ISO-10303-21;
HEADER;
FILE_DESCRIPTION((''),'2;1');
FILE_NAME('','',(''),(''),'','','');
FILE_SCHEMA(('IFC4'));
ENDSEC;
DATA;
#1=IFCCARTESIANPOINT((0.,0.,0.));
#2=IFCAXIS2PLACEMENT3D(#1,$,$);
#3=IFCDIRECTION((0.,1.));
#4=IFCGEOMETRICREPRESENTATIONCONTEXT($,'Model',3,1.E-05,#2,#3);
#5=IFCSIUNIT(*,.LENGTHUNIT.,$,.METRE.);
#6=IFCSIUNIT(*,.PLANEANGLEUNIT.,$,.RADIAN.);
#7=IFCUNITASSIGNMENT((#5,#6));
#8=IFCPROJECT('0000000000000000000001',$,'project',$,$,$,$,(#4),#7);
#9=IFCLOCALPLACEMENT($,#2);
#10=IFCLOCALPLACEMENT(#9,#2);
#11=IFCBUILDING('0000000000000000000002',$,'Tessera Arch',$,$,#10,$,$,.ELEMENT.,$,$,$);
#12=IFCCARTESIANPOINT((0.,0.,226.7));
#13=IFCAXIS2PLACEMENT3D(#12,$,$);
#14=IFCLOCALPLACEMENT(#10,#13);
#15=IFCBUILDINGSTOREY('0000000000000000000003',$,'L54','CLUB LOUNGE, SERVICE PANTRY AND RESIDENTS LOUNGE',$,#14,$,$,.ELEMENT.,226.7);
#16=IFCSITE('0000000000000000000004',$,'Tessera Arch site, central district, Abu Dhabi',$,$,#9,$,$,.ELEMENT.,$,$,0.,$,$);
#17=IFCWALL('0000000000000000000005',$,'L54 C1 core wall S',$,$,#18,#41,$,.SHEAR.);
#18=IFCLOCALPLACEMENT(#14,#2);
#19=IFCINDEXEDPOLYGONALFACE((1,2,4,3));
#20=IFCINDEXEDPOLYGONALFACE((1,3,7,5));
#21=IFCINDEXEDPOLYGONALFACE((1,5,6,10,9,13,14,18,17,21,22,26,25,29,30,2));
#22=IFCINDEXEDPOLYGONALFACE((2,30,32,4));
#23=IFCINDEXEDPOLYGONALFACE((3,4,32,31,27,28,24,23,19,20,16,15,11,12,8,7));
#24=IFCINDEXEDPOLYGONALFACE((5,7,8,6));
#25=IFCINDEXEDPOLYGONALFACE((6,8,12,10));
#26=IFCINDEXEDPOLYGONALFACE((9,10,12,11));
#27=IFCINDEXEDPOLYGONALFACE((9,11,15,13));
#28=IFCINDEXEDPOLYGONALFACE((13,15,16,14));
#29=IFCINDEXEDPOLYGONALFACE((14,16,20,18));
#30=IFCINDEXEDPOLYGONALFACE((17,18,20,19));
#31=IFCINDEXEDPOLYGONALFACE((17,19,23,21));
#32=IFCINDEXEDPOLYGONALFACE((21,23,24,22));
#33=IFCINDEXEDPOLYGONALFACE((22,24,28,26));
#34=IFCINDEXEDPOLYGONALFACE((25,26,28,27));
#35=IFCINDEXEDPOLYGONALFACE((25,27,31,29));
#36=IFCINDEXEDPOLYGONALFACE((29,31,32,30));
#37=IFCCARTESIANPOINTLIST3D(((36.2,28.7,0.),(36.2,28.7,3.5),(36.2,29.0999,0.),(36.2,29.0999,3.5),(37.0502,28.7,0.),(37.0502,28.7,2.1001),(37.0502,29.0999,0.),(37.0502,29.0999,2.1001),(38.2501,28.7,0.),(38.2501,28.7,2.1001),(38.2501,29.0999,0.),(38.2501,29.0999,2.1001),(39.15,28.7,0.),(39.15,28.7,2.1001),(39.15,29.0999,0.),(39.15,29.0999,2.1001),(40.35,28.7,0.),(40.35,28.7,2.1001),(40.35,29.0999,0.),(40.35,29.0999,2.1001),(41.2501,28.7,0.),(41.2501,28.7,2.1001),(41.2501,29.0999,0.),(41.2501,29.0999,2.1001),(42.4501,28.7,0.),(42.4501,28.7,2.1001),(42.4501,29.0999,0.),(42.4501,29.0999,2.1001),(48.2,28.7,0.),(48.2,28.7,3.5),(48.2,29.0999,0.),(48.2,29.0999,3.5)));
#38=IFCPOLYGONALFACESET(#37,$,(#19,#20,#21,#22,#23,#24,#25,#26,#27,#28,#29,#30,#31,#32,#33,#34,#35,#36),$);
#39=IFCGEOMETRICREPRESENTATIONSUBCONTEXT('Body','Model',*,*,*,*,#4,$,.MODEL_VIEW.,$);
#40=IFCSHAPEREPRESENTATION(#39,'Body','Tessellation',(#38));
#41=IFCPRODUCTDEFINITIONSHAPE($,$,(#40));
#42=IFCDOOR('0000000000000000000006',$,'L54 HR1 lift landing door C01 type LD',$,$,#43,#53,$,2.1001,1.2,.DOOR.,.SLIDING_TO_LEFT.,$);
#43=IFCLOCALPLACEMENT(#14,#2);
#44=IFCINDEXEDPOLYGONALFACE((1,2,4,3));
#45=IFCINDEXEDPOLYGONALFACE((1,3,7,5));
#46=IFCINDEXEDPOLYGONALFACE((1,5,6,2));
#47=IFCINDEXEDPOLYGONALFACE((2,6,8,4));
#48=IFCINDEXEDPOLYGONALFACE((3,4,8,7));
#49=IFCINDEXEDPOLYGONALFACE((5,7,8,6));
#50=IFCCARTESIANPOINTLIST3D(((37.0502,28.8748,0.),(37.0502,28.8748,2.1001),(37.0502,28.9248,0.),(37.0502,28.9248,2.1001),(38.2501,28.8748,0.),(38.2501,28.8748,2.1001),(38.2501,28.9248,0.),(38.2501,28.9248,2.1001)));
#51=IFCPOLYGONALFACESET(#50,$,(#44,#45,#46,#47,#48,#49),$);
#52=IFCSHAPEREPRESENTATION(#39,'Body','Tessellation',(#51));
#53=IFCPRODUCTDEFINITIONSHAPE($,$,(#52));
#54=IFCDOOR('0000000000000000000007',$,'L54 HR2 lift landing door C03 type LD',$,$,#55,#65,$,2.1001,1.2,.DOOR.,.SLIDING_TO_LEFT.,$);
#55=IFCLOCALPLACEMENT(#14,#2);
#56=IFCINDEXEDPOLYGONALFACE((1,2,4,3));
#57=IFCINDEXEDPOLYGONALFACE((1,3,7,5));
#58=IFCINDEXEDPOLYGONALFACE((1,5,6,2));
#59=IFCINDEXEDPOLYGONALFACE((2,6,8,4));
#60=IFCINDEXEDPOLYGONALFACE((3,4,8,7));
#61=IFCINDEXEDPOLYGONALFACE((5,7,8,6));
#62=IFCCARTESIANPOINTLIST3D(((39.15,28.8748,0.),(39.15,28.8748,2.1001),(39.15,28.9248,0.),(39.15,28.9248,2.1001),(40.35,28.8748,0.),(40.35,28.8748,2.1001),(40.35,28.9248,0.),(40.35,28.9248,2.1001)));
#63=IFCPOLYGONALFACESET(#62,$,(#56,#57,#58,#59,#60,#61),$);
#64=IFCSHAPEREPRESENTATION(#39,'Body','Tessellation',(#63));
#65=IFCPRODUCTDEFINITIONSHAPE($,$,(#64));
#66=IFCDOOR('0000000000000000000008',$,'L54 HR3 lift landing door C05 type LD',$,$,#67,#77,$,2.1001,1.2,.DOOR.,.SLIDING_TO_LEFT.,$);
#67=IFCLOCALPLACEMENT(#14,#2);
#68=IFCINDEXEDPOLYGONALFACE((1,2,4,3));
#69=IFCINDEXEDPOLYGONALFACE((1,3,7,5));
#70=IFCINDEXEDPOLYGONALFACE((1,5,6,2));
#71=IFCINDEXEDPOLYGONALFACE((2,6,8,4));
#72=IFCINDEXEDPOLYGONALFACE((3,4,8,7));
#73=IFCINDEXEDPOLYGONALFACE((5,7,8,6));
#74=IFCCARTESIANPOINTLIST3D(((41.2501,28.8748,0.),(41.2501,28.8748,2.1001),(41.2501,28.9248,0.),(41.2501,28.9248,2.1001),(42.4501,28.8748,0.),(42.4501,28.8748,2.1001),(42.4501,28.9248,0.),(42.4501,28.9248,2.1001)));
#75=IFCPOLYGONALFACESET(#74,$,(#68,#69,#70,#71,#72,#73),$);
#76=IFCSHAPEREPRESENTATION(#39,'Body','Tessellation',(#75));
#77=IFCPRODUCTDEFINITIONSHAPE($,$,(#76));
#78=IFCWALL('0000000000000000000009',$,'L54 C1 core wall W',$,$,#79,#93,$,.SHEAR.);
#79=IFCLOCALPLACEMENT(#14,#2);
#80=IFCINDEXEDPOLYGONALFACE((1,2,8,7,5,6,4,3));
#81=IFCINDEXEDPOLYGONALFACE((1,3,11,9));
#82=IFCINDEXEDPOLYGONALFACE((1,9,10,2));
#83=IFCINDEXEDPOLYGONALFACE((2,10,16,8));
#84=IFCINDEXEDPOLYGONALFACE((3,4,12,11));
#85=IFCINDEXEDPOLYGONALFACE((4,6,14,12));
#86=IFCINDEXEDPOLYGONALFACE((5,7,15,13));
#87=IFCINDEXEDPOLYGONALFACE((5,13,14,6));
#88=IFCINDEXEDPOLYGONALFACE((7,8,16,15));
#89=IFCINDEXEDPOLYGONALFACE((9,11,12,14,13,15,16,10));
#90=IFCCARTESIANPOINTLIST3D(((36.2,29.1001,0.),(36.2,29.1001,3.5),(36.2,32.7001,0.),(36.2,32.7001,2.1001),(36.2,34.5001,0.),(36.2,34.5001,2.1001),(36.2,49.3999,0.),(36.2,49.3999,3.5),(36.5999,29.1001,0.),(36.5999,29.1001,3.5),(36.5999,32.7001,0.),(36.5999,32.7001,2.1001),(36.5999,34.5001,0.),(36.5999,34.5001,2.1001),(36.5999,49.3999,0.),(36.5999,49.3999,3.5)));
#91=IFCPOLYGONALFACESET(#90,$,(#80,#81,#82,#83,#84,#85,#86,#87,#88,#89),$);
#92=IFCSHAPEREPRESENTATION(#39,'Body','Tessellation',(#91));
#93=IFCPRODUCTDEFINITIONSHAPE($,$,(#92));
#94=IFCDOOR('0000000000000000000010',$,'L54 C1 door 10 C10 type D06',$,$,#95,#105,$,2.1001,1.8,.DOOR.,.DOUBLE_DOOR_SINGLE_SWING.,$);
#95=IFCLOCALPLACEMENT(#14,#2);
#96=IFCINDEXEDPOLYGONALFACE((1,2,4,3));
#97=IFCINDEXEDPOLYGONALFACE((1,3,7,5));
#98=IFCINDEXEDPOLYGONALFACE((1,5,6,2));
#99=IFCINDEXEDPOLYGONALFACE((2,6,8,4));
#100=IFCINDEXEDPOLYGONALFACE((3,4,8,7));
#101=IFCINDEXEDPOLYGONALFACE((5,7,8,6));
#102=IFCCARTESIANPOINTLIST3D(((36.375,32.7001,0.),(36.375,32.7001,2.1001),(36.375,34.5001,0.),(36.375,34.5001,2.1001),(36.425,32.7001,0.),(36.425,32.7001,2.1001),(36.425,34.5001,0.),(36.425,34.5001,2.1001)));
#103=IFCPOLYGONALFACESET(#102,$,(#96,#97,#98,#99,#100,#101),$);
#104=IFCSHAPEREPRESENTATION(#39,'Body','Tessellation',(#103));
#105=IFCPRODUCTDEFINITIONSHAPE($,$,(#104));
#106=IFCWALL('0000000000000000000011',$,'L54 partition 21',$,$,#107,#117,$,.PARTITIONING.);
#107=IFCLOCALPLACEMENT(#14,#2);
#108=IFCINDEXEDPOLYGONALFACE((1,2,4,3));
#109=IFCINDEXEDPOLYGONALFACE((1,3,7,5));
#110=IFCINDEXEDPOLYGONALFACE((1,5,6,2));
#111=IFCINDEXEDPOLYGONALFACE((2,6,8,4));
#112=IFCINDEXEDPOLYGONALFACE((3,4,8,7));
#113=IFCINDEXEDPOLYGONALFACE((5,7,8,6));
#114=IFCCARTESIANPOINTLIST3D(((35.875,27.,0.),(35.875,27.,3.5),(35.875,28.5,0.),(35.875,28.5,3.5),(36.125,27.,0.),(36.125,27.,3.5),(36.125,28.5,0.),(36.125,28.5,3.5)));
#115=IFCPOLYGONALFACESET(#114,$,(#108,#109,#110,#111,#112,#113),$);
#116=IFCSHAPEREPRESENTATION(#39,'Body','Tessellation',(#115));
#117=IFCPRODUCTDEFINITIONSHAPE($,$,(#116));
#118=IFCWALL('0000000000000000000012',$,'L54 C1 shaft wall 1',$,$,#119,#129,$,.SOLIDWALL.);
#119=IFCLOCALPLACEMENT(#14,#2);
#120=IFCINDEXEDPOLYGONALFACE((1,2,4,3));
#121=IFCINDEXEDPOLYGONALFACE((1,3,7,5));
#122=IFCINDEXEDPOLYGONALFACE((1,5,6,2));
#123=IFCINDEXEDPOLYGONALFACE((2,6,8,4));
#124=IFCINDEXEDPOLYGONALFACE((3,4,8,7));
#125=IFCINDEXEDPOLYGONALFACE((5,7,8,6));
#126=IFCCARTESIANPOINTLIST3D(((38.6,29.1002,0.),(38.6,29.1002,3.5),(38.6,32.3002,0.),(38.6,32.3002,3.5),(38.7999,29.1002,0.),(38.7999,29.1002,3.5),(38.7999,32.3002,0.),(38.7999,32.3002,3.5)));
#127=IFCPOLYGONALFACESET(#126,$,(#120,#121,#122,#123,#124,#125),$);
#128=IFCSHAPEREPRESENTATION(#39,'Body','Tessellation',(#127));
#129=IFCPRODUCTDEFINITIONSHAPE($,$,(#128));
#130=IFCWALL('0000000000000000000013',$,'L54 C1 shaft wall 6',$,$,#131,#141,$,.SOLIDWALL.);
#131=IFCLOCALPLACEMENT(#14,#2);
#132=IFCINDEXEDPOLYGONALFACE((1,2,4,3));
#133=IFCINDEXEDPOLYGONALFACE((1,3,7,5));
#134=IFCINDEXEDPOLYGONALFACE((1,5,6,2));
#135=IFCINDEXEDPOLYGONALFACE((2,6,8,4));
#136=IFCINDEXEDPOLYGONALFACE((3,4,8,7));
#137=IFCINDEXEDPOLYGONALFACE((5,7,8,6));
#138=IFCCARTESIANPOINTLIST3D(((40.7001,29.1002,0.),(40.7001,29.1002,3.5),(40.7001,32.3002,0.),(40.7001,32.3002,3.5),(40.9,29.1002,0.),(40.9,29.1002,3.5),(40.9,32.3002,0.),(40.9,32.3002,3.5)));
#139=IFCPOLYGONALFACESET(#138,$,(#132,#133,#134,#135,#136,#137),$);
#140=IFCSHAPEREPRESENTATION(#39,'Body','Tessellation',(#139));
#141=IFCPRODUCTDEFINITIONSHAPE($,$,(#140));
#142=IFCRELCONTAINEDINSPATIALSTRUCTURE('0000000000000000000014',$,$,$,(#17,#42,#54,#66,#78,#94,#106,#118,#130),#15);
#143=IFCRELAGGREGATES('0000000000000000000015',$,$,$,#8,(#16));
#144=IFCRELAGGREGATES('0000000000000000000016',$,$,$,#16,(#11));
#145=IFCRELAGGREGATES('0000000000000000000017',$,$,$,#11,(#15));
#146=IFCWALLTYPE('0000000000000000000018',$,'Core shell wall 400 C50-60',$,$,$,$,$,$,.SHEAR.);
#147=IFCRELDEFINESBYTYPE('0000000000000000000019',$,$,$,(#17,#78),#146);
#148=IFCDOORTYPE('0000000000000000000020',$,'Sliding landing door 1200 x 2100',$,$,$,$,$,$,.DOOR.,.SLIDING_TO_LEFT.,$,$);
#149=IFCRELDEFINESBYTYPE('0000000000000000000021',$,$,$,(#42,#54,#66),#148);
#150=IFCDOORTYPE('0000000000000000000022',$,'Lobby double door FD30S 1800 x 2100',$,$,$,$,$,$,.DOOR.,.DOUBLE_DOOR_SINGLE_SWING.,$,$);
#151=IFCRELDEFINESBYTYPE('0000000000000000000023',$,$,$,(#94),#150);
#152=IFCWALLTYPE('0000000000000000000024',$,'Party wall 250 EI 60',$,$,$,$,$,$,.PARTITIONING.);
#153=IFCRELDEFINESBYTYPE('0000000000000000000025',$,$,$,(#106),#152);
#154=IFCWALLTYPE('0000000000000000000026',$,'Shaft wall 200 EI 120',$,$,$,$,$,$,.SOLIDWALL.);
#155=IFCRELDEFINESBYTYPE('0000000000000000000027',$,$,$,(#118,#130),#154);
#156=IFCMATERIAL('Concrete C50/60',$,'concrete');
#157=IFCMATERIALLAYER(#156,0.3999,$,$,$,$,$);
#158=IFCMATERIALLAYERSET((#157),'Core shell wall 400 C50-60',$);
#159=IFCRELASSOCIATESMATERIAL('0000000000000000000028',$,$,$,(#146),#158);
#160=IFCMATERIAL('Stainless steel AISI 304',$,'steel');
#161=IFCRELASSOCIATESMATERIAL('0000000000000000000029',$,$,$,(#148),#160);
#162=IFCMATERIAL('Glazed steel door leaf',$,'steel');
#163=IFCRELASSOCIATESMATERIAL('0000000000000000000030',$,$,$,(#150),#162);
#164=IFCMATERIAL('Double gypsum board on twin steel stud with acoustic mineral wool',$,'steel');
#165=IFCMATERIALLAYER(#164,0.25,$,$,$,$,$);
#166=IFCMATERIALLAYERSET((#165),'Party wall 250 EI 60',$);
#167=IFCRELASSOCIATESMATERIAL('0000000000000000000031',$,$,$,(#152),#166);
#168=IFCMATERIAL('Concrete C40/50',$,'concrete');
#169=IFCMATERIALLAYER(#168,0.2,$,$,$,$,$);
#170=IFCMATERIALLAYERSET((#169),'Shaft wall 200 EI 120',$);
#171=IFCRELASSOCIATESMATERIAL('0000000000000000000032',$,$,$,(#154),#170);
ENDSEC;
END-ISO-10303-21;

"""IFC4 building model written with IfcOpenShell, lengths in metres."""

from ifc_helpers import new_model, si_unit, direction, frame, frame_2d, origin, place, context, subcontext, project, spatial, rectangle, extrude, material, layer, layer_set, type_object, element, fill, save


model = new_model("IFC4")

# Units and contexts
model_context = context("Model", 3, precision=1e-05, world=origin(), true_north=direction((0.0, 1.0)))
body_context = subcontext(model_context, "Body", "Model", "MODEL_VIEW")
ifc_project = project(units=[si_unit("LENGTHUNIT", "METRE"), si_unit("PLANEANGLEUNIT", "RADIAN")], contexts=[model_context])

# Site, building, storey
site_placement = place(None, origin())
site = spatial("IfcSite", under=ifc_project, at=site_placement, Name="Tessera Arch site, central district, Abu Dhabi", CompositionType="ELEMENT", RefElevation=0.0)
building_placement = place(site_placement, origin())
building = spatial("IfcBuilding", under=site, at=building_placement, Name="Tessera Arch", CompositionType="ELEMENT")
storey_placement = place(building_placement, frame((0.0, 0.0, 226.7)))
storey = spatial("IfcBuildingStorey", under=building, at=storey_placement, Name="L54", Description="CLUB LOUNGE, SERVICE PANTRY AND RESIDENTS LOUNGE", CompositionType="ELEMENT", Elevation=226.7)

# Wall, openings, doors
ifc_material_1 = material(Name="Concrete C50/60", Category="concrete")
ifc_layer_1 = layer(ifc_material_1, 0.3999)
ifc_layer_set_1 = layer_set([ifc_layer_1], Name="Core shell wall 400 C50-60")
wall_type_1 = type_object("IfcWallType", Name="Core shell wall 400 C50-60", PredefinedType="SHEAR", material=ifc_layer_set_1)
wall_1_placement = place(storey_placement, frame((36.2, 28.8999, 0.0), z_axis=(0.0, 0.0, 1.0), x_axis=(1.0, 0.0, 0.0)))
wall_1 = element("IfcWall", 1, at=wall_1_placement, inside=storey, type_object=wall_type_1, Name="L54 C1 core wall S", PredefinedType="SHEAR", context=body_context, shape_type="SweptSolid", body=[
    extrude(rectangle(XDim=12.0, YDim=0.3999, at=frame_2d((6.0, 0.0))), origin(), (0.0, 0.0, 1.0), 3.5),
])
opening_1_placement = place(wall_1_placement, frame((0.8501, 0.0, 0.0)))
opening_1 = element("IfcOpeningElement", 2, at=opening_1_placement, cuts=wall_1, PredefinedType="OPENING", context=body_context, shape_type="SweptSolid", body=[
    extrude(rectangle(XDim=1.2, YDim=2.1001, at=frame_2d((0.6001, 1.05))), frame((0.0, 0.21, 0.0), z_axis=(0.0, -1.0, 0.0), x_axis=(1.0, 0.0, 0.0)), (0.0, 0.0, 1.0), 0.4199),
])
opening_2_placement = place(wall_1_placement, frame((2.95, 0.0, 0.0)))
opening_2 = element("IfcOpeningElement", 3, at=opening_2_placement, cuts=wall_1, PredefinedType="OPENING", context=body_context, shape_type="SweptSolid", body=[
    extrude(rectangle(XDim=1.2, YDim=2.1001, at=frame_2d((0.6001, 1.05))), frame((0.0, 0.21, 0.0), z_axis=(0.0, -1.0, 0.0), x_axis=(1.0, 0.0, 0.0)), (0.0, 0.0, 1.0), 0.4199),
])
opening_3_placement = place(wall_1_placement, frame((5.05, 0.0, 0.0)))
opening_3 = element("IfcOpeningElement", 4, at=opening_3_placement, cuts=wall_1, PredefinedType="OPENING", context=body_context, shape_type="SweptSolid", body=[
    extrude(rectangle(XDim=1.2, YDim=2.1001, at=frame_2d((0.6001, 1.05))), frame((0.0, 0.21, 0.0), z_axis=(0.0, -1.0, 0.0), x_axis=(1.0, 0.0, 0.0)), (0.0, 0.0, 1.0), 0.4199),
])
ifc_material_2 = material(Name="Stainless steel AISI 304", Category="steel")
door_type_1 = type_object("IfcDoorType", Name="Sliding landing door 1200 x 2100", OperationType="SLIDING_TO_LEFT", PredefinedType="DOOR", material=ifc_material_2)
door_1_placement = place(opening_1_placement, origin())
door_1 = element("IfcDoor", 5, at=door_1_placement, inside=storey, type_object=door_type_1, Name="L54 HR1 lift landing door C01 type LD", OperationType="SLIDING_TO_LEFT", OverallHeight=2.1001, OverallWidth=1.2, PredefinedType="DOOR", context=body_context, shape_type="SweptSolid", body=[
    extrude(rectangle(XDim=1.2, YDim=2.1001, at=frame_2d((0.6001, 1.05))), frame((0.0, 0.0249, 0.0), z_axis=(0.0, -1.0, 0.0), x_axis=(1.0, 0.0, 0.0)), (0.0, 0.0, 1.0), 0.05),
])
fill(opening_1, door_1)
door_2_placement = place(opening_2_placement, origin())
door_2 = element("IfcDoor", 6, at=door_2_placement, inside=storey, type_object=door_type_1, Name="L54 HR2 lift landing door C03 type LD", OperationType="SLIDING_TO_LEFT", OverallHeight=2.1001, OverallWidth=1.2, PredefinedType="DOOR", context=body_context, shape_type="SweptSolid", body=[
    extrude(rectangle(XDim=1.2, YDim=2.1001, at=frame_2d((0.6001, 1.05))), frame((0.0, 0.0249, 0.0), z_axis=(0.0, -1.0, 0.0), x_axis=(1.0, 0.0, 0.0)), (0.0, 0.0, 1.0), 0.05),
])
fill(opening_2, door_2)
door_3_placement = place(opening_3_placement, origin())
door_3 = element("IfcDoor", 7, at=door_3_placement, inside=storey, type_object=door_type_1, Name="L54 HR3 lift landing door C05 type LD", OperationType="SLIDING_TO_LEFT", OverallHeight=2.1001, OverallWidth=1.2, PredefinedType="DOOR", context=body_context, shape_type="SweptSolid", body=[
    extrude(rectangle(XDim=1.2, YDim=2.1001, at=frame_2d((0.6001, 1.05))), frame((0.0, 0.0249, 0.0), z_axis=(0.0, -1.0, 0.0), x_axis=(1.0, 0.0, 0.0)), (0.0, 0.0, 1.0), 0.05),
])
fill(opening_3, door_3)

# Wall, opening, door
wall_2_placement = place(storey_placement, frame((36.3999, 29.1001, 0.0), z_axis=(0.0, 0.0, 1.0), x_axis=(0.0, 1.0, 0.0)))
wall_2 = element("IfcWall", 8, at=wall_2_placement, inside=storey, type_object=wall_type_1, Name="L54 C1 core wall W", PredefinedType="SHEAR", context=body_context, shape_type="SweptSolid", body=[
    extrude(rectangle(XDim=20.2998, YDim=0.3999, at=frame_2d((10.1499, 0.0))), origin(), (0.0, 0.0, 1.0), 3.5),
])
opening_4_placement = place(wall_2_placement, frame((3.6001, 0.0, 0.0)))
opening_4 = element("IfcOpeningElement", 9, at=opening_4_placement, cuts=wall_2, PredefinedType="OPENING", context=body_context, shape_type="SweptSolid", body=[
    extrude(rectangle(XDim=1.8, YDim=2.1001, at=frame_2d((0.8999, 1.05))), frame((0.0, 0.21, 0.0), z_axis=(0.0, -1.0, 0.0), x_axis=(1.0, 0.0, 0.0)), (0.0, 0.0, 1.0), 0.4199),
])
ifc_material_3 = material(Name="Glazed steel door leaf", Category="steel")
door_type_2 = type_object("IfcDoorType", Name="Lobby double door FD30S 1800 x 2100", OperationType="DOUBLE_DOOR_SINGLE_SWING", PredefinedType="DOOR", material=ifc_material_3)
door_4_placement = place(opening_4_placement, origin())
door_4 = element("IfcDoor", 10, at=door_4_placement, inside=storey, type_object=door_type_2, Name="L54 C1 door 10 C10 type D06", OperationType="DOUBLE_DOOR_SINGLE_SWING", OverallHeight=2.1001, OverallWidth=1.8, PredefinedType="DOOR", context=body_context, shape_type="SweptSolid", body=[
    extrude(rectangle(XDim=1.8, YDim=2.1001, at=frame_2d((0.8999, 1.05))), frame((0.0, 0.0249, 0.0), z_axis=(0.0, -1.0, 0.0), x_axis=(1.0, 0.0, 0.0)), (0.0, 0.0, 1.0), 0.05),
])
fill(opening_4, door_4)

# Walls
ifc_material_4 = material(Name="Double gypsum board on twin steel stud with acoustic mineral wool", Category="steel")
ifc_layer_2 = layer(ifc_material_4, 0.25)
ifc_layer_set_2 = layer_set([ifc_layer_2], Name="Party wall 250 EI 60")
wall_type_2 = type_object("IfcWallType", Name="Party wall 250 EI 60", PredefinedType="PARTITIONING", material=ifc_layer_set_2)
wall_3_placement = place(storey_placement, frame((36.0, 27.0, 0.0), z_axis=(0.0, 0.0, 1.0), x_axis=(0.0, 1.0, 0.0)))
element("IfcWall", 11, at=wall_3_placement, inside=storey, type_object=wall_type_2, Name="L54 partition 21", PredefinedType="PARTITIONING", context=body_context, shape_type="SweptSolid", body=[
    extrude(rectangle(XDim=1.5, YDim=0.25, at=frame_2d((0.75, 0.0))), origin(), (0.0, 0.0, 1.0), 3.5),
])
ifc_material_5 = material(Name="Concrete C40/50", Category="concrete")
ifc_layer_3 = layer(ifc_material_5, 0.2)
ifc_layer_set_3 = layer_set([ifc_layer_3], Name="Shaft wall 200 EI 120")
wall_type_3 = type_object("IfcWallType", Name="Shaft wall 200 EI 120", PredefinedType="SOLIDWALL", material=ifc_layer_set_3)
for number, where, z_axis, x_axis, name in (
    (12, (38.7, 29.1001, 0.0), (0.0, 0.0, 1.0), (0.0, 1.0, 0.0), "L54 C1 shaft wall 1"),
    (13, (40.8, 29.1001, 0.0), (0.0, 0.0, 1.0), (0.0, 1.0, 0.0), "L54 C1 shaft wall 6"),
):
    element("IfcWall", number, at=place(storey_placement, frame(where, z_axis=z_axis, x_axis=x_axis)), inside=storey, type_object=wall_type_3, Name=name, PredefinedType="SOLIDWALL", context=body_context, shape_type="SweptSolid", body=[
        extrude(rectangle(XDim=3.2, YDim=0.2, at=frame_2d((1.6001, 0.0))), origin(), (0.0, 0.0, 1.0), 3.5),
    ])

save(model, "model.ifc")
